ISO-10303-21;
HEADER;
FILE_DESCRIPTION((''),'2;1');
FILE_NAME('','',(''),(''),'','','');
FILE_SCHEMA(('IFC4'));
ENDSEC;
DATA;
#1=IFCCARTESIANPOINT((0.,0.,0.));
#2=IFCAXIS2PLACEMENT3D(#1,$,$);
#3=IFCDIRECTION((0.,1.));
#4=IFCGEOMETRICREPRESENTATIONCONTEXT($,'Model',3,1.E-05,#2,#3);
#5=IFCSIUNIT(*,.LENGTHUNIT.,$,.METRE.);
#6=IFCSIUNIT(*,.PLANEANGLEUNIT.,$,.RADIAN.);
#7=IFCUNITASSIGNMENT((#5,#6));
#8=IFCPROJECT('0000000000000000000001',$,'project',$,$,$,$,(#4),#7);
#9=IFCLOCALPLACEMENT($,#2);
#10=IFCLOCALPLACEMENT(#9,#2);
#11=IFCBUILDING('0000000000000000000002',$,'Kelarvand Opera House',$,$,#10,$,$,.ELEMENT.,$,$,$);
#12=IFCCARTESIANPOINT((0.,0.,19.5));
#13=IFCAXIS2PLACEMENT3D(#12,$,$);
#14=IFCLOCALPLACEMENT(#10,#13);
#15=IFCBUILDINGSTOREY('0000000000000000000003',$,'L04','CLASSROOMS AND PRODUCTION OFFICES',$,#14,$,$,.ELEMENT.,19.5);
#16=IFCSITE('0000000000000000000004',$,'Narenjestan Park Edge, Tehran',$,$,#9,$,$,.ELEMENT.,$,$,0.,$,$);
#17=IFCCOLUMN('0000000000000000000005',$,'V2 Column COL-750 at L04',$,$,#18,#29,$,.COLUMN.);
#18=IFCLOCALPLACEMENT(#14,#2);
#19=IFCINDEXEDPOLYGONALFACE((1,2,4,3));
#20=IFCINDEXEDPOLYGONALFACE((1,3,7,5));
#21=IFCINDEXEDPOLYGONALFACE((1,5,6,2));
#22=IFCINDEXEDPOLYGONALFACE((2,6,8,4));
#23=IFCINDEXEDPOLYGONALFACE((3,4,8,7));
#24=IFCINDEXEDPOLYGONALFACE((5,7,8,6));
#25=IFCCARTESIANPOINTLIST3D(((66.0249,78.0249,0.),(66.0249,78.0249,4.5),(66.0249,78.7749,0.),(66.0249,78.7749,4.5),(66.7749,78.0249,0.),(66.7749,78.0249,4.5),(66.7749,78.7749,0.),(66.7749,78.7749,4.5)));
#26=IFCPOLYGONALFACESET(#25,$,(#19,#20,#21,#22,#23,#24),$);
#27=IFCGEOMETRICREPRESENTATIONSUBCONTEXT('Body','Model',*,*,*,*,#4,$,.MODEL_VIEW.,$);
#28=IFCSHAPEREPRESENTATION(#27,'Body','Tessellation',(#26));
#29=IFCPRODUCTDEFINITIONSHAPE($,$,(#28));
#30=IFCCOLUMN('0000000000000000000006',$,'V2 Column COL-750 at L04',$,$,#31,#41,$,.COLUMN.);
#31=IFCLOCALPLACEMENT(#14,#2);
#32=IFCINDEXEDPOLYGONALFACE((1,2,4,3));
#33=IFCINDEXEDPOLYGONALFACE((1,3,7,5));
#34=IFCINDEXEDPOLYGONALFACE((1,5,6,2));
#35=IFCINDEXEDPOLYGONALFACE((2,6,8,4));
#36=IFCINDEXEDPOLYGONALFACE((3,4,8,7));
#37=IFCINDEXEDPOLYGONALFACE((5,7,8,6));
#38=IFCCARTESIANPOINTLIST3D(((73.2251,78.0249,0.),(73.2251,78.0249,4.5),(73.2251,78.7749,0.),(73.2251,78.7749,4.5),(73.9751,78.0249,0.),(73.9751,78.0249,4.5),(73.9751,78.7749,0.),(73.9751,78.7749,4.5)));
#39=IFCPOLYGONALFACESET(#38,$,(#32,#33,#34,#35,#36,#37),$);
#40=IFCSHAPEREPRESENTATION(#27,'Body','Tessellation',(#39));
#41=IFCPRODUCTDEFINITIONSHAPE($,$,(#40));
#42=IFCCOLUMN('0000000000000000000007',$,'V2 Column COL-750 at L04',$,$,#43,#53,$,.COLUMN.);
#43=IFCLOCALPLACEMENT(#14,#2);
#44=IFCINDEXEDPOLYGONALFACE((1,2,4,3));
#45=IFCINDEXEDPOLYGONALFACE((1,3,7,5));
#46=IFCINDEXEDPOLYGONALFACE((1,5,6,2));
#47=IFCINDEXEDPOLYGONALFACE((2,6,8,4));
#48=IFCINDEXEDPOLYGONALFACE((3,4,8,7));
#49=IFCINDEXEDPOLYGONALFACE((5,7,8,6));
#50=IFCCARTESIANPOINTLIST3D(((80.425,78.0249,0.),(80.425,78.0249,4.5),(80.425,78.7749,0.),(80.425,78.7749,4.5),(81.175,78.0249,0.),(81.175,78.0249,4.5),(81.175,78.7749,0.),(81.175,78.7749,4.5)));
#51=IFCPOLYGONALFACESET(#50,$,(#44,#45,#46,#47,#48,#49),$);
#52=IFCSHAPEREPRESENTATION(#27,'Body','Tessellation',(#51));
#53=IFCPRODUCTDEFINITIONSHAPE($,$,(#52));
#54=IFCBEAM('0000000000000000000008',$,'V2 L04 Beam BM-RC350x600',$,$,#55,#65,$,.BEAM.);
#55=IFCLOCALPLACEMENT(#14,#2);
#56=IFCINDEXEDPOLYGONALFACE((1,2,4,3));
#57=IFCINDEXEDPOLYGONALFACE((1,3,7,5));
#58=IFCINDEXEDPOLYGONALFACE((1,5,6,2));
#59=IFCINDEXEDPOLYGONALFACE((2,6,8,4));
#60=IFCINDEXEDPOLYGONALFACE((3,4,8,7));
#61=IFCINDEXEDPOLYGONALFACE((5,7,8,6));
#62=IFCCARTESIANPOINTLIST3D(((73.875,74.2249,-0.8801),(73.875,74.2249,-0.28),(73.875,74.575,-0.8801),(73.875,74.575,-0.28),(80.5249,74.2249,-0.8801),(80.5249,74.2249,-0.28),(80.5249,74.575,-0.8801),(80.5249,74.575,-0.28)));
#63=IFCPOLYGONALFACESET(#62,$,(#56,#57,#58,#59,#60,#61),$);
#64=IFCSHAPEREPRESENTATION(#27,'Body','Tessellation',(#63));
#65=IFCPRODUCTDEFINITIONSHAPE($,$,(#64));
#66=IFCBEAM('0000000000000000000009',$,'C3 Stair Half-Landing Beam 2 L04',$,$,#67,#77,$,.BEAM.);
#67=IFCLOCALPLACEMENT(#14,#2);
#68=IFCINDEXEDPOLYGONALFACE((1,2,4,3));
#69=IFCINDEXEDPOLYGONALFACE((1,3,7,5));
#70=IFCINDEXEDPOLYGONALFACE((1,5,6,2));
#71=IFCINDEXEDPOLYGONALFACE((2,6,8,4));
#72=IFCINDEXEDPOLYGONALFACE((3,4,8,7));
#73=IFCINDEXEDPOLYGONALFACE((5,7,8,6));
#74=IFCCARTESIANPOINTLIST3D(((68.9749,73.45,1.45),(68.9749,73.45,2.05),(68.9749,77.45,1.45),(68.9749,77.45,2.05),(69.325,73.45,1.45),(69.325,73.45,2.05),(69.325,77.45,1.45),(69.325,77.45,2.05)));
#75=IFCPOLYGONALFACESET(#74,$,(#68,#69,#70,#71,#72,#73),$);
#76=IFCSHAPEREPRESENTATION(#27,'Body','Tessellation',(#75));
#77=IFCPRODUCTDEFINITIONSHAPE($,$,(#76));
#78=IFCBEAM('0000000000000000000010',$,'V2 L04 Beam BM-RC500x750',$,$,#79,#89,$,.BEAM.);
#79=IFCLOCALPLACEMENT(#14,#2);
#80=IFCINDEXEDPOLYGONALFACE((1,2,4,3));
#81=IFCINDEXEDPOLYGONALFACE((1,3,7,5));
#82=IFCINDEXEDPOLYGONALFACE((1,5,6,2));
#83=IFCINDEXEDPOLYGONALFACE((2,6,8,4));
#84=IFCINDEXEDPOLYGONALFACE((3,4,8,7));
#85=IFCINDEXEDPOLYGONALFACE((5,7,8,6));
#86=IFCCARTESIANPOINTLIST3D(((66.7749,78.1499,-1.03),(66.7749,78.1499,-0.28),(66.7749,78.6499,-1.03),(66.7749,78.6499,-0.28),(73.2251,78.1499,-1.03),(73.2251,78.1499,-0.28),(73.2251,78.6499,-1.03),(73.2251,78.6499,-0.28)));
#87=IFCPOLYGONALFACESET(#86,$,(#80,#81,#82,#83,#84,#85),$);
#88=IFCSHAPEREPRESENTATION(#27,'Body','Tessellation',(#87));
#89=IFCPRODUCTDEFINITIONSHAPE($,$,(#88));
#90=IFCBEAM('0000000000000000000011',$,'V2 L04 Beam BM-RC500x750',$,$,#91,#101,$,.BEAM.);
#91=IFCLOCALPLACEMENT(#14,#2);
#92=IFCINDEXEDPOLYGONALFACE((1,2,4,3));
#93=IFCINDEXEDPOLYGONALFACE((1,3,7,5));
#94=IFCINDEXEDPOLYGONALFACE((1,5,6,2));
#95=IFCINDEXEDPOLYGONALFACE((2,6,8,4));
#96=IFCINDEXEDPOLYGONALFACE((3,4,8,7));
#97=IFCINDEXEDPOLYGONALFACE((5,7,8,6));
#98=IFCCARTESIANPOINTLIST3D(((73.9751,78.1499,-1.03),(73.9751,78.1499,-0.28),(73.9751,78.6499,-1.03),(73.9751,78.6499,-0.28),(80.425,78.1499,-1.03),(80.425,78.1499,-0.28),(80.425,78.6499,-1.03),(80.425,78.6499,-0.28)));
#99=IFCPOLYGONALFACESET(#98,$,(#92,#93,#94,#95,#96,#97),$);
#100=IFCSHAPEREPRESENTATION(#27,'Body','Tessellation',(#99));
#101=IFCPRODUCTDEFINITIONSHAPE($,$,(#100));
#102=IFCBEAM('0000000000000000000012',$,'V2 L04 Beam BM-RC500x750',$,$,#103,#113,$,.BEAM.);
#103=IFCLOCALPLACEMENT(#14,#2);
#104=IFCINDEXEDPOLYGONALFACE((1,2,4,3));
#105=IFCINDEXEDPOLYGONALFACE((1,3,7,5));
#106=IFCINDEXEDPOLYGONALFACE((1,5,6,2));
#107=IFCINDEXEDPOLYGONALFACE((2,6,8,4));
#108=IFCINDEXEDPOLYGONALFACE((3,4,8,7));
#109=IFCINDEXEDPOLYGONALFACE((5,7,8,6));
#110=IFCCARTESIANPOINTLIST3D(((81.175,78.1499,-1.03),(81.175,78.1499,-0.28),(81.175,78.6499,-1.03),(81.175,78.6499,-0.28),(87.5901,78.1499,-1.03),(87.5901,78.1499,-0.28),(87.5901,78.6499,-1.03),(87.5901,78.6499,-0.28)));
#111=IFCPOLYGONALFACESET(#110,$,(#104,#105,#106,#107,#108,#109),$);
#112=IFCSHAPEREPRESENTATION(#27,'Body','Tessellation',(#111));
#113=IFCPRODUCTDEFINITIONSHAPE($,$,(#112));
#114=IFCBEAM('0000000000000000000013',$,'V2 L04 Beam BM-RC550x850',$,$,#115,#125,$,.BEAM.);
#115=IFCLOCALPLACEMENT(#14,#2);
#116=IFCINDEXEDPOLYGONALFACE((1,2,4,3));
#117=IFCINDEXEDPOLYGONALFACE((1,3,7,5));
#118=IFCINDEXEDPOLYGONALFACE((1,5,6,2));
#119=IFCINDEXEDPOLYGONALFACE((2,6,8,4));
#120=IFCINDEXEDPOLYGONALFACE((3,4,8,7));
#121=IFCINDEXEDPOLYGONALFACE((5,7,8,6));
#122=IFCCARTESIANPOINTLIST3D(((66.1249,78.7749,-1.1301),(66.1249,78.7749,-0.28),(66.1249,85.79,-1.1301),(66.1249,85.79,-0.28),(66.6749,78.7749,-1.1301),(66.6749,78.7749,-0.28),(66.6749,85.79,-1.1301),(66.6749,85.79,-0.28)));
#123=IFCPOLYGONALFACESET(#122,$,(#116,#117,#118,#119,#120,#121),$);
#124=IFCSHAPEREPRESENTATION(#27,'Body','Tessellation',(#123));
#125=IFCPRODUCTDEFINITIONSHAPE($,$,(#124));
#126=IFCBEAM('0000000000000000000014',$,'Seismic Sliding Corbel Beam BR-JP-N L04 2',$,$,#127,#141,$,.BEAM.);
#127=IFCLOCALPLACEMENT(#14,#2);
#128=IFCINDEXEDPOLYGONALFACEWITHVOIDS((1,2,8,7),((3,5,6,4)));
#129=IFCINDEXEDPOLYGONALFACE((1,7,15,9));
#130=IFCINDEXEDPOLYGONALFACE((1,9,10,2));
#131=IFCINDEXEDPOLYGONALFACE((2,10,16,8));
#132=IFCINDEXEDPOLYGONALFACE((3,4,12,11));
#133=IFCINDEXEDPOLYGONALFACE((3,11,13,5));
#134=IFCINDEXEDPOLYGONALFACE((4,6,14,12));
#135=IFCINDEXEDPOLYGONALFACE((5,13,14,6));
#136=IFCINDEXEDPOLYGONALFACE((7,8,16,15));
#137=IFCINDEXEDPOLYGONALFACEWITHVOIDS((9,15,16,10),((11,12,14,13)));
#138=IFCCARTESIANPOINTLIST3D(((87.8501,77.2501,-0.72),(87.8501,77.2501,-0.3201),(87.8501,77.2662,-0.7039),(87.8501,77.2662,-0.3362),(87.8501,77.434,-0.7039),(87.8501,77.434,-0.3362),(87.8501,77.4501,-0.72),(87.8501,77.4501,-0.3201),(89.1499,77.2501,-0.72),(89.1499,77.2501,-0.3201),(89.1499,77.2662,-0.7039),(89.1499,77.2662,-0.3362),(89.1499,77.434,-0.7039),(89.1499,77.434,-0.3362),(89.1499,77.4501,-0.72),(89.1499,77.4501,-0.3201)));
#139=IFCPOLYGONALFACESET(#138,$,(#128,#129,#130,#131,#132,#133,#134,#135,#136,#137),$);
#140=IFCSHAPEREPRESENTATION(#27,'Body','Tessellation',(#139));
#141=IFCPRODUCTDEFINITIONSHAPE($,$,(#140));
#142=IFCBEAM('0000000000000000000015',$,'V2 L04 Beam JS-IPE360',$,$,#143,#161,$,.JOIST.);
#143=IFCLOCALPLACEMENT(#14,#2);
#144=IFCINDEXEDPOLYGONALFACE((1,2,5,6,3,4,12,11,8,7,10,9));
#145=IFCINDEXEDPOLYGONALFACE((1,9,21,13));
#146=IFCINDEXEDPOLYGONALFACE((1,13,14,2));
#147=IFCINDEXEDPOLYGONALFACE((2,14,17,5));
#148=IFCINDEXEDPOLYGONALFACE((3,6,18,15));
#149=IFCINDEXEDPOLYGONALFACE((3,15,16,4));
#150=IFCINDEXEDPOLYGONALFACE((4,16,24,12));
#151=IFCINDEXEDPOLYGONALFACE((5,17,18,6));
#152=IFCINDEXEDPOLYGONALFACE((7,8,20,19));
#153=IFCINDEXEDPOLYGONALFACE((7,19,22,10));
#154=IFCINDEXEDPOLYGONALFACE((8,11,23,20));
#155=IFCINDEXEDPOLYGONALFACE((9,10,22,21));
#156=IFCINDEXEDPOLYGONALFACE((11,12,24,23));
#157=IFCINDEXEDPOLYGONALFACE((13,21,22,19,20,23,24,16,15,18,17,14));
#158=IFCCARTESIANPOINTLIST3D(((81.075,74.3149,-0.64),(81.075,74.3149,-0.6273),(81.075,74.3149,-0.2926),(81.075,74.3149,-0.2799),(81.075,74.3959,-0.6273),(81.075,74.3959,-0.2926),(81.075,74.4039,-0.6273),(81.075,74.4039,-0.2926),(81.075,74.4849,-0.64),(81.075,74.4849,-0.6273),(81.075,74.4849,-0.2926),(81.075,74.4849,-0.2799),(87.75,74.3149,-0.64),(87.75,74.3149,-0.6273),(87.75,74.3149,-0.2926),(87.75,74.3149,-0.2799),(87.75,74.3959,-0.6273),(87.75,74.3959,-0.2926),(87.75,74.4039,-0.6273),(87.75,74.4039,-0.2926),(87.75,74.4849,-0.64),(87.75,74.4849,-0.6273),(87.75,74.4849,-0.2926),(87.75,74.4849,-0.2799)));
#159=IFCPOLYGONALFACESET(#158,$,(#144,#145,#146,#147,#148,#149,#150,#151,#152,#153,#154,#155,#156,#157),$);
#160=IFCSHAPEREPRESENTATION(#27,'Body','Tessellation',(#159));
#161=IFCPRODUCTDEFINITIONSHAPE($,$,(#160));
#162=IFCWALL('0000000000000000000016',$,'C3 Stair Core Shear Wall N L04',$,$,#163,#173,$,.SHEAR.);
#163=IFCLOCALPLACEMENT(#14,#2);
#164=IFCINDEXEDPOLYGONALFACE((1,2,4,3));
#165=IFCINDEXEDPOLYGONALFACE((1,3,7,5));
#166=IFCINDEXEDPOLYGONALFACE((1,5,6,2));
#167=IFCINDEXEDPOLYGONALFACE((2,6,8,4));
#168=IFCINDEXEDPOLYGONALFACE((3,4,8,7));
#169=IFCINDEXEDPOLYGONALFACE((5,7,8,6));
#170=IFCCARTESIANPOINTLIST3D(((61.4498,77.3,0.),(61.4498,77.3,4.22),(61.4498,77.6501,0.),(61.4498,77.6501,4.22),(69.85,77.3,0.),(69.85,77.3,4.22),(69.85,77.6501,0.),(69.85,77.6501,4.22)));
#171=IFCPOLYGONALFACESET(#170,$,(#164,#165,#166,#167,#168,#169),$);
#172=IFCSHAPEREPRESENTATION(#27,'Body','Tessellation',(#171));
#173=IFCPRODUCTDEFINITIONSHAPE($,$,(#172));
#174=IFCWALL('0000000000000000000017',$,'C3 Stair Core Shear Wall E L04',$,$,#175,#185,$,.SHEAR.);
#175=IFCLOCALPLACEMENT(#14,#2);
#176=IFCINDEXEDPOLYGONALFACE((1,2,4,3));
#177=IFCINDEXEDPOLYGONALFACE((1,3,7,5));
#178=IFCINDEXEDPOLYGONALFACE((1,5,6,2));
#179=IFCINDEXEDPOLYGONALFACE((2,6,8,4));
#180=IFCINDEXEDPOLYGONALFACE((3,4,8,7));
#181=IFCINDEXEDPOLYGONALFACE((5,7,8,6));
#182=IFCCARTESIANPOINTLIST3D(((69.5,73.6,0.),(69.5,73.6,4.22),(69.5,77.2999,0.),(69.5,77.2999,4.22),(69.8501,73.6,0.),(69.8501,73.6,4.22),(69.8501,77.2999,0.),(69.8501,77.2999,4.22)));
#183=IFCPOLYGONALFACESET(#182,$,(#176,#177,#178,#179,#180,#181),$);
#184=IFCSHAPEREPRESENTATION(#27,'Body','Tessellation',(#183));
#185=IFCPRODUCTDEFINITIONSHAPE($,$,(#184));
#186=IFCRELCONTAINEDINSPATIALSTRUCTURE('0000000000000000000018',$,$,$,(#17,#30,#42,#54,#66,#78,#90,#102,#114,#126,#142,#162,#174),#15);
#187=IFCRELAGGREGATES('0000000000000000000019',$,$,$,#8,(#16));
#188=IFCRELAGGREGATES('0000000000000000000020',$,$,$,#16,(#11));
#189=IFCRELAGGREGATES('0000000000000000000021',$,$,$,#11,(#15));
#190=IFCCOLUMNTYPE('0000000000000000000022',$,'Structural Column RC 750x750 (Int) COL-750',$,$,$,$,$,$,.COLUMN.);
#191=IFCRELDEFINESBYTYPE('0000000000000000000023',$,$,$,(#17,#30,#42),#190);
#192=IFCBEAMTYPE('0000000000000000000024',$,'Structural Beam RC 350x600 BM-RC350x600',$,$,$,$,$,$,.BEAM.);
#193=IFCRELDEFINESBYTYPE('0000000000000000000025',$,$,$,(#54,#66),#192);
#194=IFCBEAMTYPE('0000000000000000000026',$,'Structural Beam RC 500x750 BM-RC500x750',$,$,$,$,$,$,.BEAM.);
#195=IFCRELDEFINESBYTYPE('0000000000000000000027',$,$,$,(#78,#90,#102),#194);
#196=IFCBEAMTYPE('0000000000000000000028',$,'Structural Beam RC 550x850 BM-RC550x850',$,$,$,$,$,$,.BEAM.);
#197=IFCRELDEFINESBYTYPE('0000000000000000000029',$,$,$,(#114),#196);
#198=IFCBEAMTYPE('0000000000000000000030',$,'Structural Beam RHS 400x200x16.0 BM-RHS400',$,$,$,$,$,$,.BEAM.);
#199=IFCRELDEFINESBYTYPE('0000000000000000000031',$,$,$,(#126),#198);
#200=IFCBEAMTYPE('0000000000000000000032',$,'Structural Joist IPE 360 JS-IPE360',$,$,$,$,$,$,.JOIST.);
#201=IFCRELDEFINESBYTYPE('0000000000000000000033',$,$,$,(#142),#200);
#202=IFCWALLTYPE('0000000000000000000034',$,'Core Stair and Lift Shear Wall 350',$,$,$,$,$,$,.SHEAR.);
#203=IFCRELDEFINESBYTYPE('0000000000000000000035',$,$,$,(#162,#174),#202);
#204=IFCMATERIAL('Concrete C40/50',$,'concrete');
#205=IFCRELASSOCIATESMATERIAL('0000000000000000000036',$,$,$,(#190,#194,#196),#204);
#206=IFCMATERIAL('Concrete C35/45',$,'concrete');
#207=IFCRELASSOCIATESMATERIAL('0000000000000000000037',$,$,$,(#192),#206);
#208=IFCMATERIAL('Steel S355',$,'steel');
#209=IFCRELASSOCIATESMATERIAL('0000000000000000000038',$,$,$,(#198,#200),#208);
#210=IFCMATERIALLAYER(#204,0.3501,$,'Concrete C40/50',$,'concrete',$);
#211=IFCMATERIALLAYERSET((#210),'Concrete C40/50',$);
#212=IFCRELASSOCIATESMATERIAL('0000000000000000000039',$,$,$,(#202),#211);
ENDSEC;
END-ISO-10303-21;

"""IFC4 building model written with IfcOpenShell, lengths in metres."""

from ifc_helpers import new_model, si_unit, direction, frame, frame_2d, origin, origin_2d, place, context, subcontext, project, spatial, rectangle, hollow_rectangle, i_section, extrude, material, layer, layer_set, material_profile, profile_set, type_object, element, save


model = new_model("IFC4")

# Units and contexts
model_context = context("Model", 3, precision=1e-05, world=origin(), true_north=direction((0.0, 1.0)))
body_context = subcontext(model_context, "Body", "Model", "MODEL_VIEW")
ifc_project = project(units=[si_unit("LENGTHUNIT", "METRE"), si_unit("PLANEANGLEUNIT", "RADIAN")], contexts=[model_context])

# Site, building, storey
site_placement = place(None, origin())
site = spatial("IfcSite", under=ifc_project, at=site_placement, Name="Narenjestan Park Edge, Tehran", CompositionType="ELEMENT", RefElevation=0.0)
building_placement = place(site_placement, origin())
building = spatial("IfcBuilding", under=site, at=building_placement, Name="Kelarvand Opera House", CompositionType="ELEMENT")
storey_placement = place(building_placement, frame((0.0, 0.0, 19.5)))
storey = spatial("IfcBuildingStorey", under=building, at=storey_placement, Name="L04", Description="CLASSROOMS AND PRODUCTION OFFICES", CompositionType="ELEMENT", Elevation=19.5)

# Columns
ifc_material_1 = material(Name="Concrete C40/50", Category="concrete")
ifc_material_profile_1 = material_profile(ifc_material_1, rectangle(XDim=0.75, YDim=0.75, at=origin_2d()), Name="RC 750x750", Category="concrete")
ifc_profile_set_1 = profile_set([ifc_material_profile_1], Name="Concrete C40/50")
column_type = type_object("IfcColumnType", Name="Structural Column RC 750x750 (Int) COL-750", PredefinedType="COLUMN", material=ifc_profile_set_1)
for number, where, z_axis, x_axis, name in (
    (1, (66.3999, 78.3999, 0.0), (0.0, 0.0, 1.0), (1.0, 0.0, 0.0), "V2 Column COL-750 at L04"),
    (2, (73.6001, 78.3999, 0.0), (0.0, 0.0, 1.0), (1.0, 0.0, 0.0), "V2 Column COL-750 at L04"),
    (3, (80.8, 78.3999, 0.0), (0.0, 0.0, 1.0), (1.0, 0.0, 0.0), "V2 Column COL-750 at L04"),
):
    element("IfcColumn", number, at=place(storey_placement, frame(where, z_axis=z_axis, x_axis=x_axis)), inside=storey, type_object=column_type, Name=name, PredefinedType="COLUMN", context=body_context, shape_type="SweptSolid", body=[
        extrude(rectangle(XDim=0.75, YDim=0.75, at=origin_2d()), origin(), (0.0, 0.0, 1.0), 4.5),
    ])

# Beams
ifc_material_2 = material(Name="Concrete C35/45", Category="concrete")
ifc_material_profile_2 = material_profile(ifc_material_2, rectangle(XDim=0.3501, YDim=0.6001, at=origin_2d()), Name="RC 350x600", Category="concrete")
ifc_profile_set_2 = profile_set([ifc_material_profile_2], Name="Concrete C35/45")
beam_type_1 = type_object("IfcBeamType", Name="Structural Beam RC 350x600 BM-RC350x600", PredefinedType="BEAM", material=ifc_profile_set_2)
beam_1_placement = place(storey_placement, frame((73.875, 74.3999, -0.5801), z_axis=(1.0, 0.0, 0.0), x_axis=(0.0, 1.0, 0.0)))
element("IfcBeam", 4, at=beam_1_placement, inside=storey, type_object=beam_type_1, Name="V2 L04 Beam BM-RC350x600", PredefinedType="BEAM", context=body_context, shape_type="SweptSolid", body=[
    extrude(rectangle(XDim=0.3501, YDim=0.6001, at=origin_2d()), origin(), (0.0, 0.0, 1.0), 6.6499),
])
beam_2_placement = place(storey_placement, frame((69.1499, 73.45, 1.75), z_axis=(0.0, 1.0, 0.0), x_axis=(-1.0, 0.0, 0.0)))
element("IfcBeam", 5, at=beam_2_placement, inside=storey, type_object=beam_type_1, Name="C3 Stair Half-Landing Beam 2 L04", PredefinedType="BEAM", context=body_context, shape_type="SweptSolid", body=[
    extrude(rectangle(XDim=0.3501, YDim=0.6001, at=origin_2d()), origin(), (0.0, 0.0, 1.0), 4.0),
])
ifc_material_profile_3 = material_profile(ifc_material_1, rectangle(XDim=0.5, YDim=0.75, at=origin_2d()), Name="RC 500x750", Category="concrete")
ifc_profile_set_3 = profile_set([ifc_material_profile_3], Name="Concrete C40/50")
beam_type_2 = type_object("IfcBeamType", Name="Structural Beam RC 500x750 BM-RC500x750", PredefinedType="BEAM", material=ifc_profile_set_3)
beam_3_placement = place(storey_placement, frame((66.7749, 78.3999, -0.655), z_axis=(1.0, 0.0, 0.0), x_axis=(0.0, 1.0, 0.0)))
element("IfcBeam", 6, at=beam_3_placement, inside=storey, type_object=beam_type_2, Name="V2 L04 Beam BM-RC500x750", PredefinedType="BEAM", context=body_context, shape_type="SweptSolid", body=[
    extrude(rectangle(XDim=0.5, YDim=0.75, at=origin_2d()), origin(), (0.0, 0.0, 1.0), 6.4502),
])
beam_4_placement = place(storey_placement, frame((73.9751, 78.3999, -0.655), z_axis=(1.0, 0.0, 0.0), x_axis=(0.0, 1.0, 0.0)))
element("IfcBeam", 7, at=beam_4_placement, inside=storey, type_object=beam_type_2, Name="V2 L04 Beam BM-RC500x750", PredefinedType="BEAM", context=body_context, shape_type="SweptSolid", body=[
    extrude(rectangle(XDim=0.5, YDim=0.75, at=origin_2d()), origin(), (0.0, 0.0, 1.0), 6.45),
])
beam_5_placement = place(storey_placement, frame((81.175, 78.3999, -0.655), z_axis=(1.0, 0.0, 0.0), x_axis=(0.0, 1.0, 0.0)))
element("IfcBeam", 8, at=beam_5_placement, inside=storey, type_object=beam_type_2, Name="V2 L04 Beam BM-RC500x750", PredefinedType="BEAM", context=body_context, shape_type="SweptSolid", body=[
    extrude(rectangle(XDim=0.5, YDim=0.75, at=origin_2d()), origin(), (0.0, 0.0, 1.0), 6.415),
])
ifc_material_profile_4 = material_profile(ifc_material_1, rectangle(XDim=0.55, YDim=0.8501, at=origin_2d()), Name="RC 550x850", Category="concrete")
ifc_profile_set_4 = profile_set([ifc_material_profile_4], Name="Concrete C40/50")
beam_type_3 = type_object("IfcBeamType", Name="Structural Beam RC 550x850 BM-RC550x850", PredefinedType="BEAM", material=ifc_profile_set_4)
beam_6_placement = place(storey_placement, frame((66.3999, 78.7749, -0.7051), z_axis=(0.0, 1.0, 0.0), x_axis=(-1.0, 0.0, 0.0)))
element("IfcBeam", 9, at=beam_6_placement, inside=storey, type_object=beam_type_3, Name="V2 L04 Beam BM-RC550x850", PredefinedType="BEAM", context=body_context, shape_type="SweptSolid", body=[
    extrude(rectangle(XDim=0.55, YDim=0.8501, at=origin_2d()), origin(), (0.0, 0.0, 1.0), 7.0151),
])
ifc_material_3 = material(Name="Steel S355", Category="steel")
ifc_material_profile_5 = material_profile(ifc_material_3, hollow_rectangle(XDim=0.2, YDim=0.3999, WallThickness=0.0161, at=origin_2d()), Name="RHS 400x200x16.0", Category="steel")
ifc_profile_set_5 = profile_set([ifc_material_profile_5], Name="Steel S355")
beam_type_4 = type_object("IfcBeamType", Name="Structural Beam RHS 400x200x16.0 BM-RHS400", PredefinedType="BEAM", material=ifc_profile_set_5)
beam_7_placement = place(storey_placement, frame((87.8501, 77.3501, -0.52), z_axis=(1.0, 0.0, 0.0), x_axis=(0.0, 1.0, 0.0)))
element("IfcBeam", 10, at=beam_7_placement, inside=storey, type_object=beam_type_4, Name="Seismic Sliding Corbel Beam BR-JP-N L04 2", PredefinedType="BEAM", context=body_context, shape_type="SweptSolid", body=[
    extrude(hollow_rectangle(XDim=0.2, YDim=0.3999, WallThickness=0.0161, at=origin_2d()), origin(), (0.0, 0.0, 1.0), 1.2998),
])
ifc_material_profile_6 = material_profile(ifc_material_3, i_section(OverallWidth=0.1699, OverallDepth=0.3601, WebThickness=0.0081, FlangeThickness=0.0127, at=origin_2d()), Name="IPE 360", Category="steel")
ifc_profile_set_6 = profile_set([ifc_material_profile_6], Name="Steel S355")
beam_type_5 = type_object("IfcBeamType", Name="Structural Joist IPE 360 JS-IPE360", PredefinedType="JOIST", material=ifc_profile_set_6)
beam_8_placement = place(storey_placement, frame((81.075, 74.3999, -0.46), z_axis=(1.0, 0.0, 0.0), x_axis=(0.0, 1.0, 0.0)))
element("IfcBeam", 11, at=beam_8_placement, inside=storey, type_object=beam_type_5, Name="V2 L04 Beam JS-IPE360", PredefinedType="JOIST", context=body_context, shape_type="SweptSolid", body=[
    extrude(i_section(OverallWidth=0.1699, OverallDepth=0.3601, WebThickness=0.0081, FlangeThickness=0.0127, at=origin_2d()), origin(), (0.0, 0.0, 1.0), 6.675),
])

# Walls
ifc_layer_1 = layer(ifc_material_1, 0.3501, Name="Concrete C40/50", Category="concrete")
ifc_layer_set_1 = layer_set([ifc_layer_1], Name="Concrete C40/50")
wall_type_1 = type_object("IfcWallType", Name="Core Stair and Lift Shear Wall 350", PredefinedType="SHEAR", material=ifc_layer_set_1)
wall_1_placement = place(storey_placement, frame((69.8501, 77.4751, 0.0), z_axis=(0.0, 0.0, 1.0), x_axis=(-1.0, 0.0, 0.0)))
element("IfcWall", 12, at=wall_1_placement, inside=storey, type_object=wall_type_1, Name="C3 Stair Core Shear Wall N L04", PredefinedType="SHEAR", context=body_context, shape_type="SweptSolid", body=[
    extrude(rectangle(XDim=8.4001, YDim=0.3501, at=frame_2d((4.2002, 0.0))), origin(), (0.0, 0.0, 1.0), 4.22),
])
wall_2_placement = place(storey_placement, frame((69.675, 77.3, 0.0), z_axis=(0.0, 0.0, 1.0), x_axis=(0.0, -1.0, 0.0)))
element("IfcWall", 13, at=wall_2_placement, inside=storey, type_object=wall_type_1, Name="C3 Stair Core Shear Wall E L04", PredefinedType="SHEAR", context=body_context, shape_type="SweptSolid", body=[
    extrude(rectangle(XDim=3.7, YDim=0.3501, at=frame_2d((1.8501, 0.0))), origin(), (0.0, 0.0, 1.0), 4.22),
])

save(model, "model.ifc")
